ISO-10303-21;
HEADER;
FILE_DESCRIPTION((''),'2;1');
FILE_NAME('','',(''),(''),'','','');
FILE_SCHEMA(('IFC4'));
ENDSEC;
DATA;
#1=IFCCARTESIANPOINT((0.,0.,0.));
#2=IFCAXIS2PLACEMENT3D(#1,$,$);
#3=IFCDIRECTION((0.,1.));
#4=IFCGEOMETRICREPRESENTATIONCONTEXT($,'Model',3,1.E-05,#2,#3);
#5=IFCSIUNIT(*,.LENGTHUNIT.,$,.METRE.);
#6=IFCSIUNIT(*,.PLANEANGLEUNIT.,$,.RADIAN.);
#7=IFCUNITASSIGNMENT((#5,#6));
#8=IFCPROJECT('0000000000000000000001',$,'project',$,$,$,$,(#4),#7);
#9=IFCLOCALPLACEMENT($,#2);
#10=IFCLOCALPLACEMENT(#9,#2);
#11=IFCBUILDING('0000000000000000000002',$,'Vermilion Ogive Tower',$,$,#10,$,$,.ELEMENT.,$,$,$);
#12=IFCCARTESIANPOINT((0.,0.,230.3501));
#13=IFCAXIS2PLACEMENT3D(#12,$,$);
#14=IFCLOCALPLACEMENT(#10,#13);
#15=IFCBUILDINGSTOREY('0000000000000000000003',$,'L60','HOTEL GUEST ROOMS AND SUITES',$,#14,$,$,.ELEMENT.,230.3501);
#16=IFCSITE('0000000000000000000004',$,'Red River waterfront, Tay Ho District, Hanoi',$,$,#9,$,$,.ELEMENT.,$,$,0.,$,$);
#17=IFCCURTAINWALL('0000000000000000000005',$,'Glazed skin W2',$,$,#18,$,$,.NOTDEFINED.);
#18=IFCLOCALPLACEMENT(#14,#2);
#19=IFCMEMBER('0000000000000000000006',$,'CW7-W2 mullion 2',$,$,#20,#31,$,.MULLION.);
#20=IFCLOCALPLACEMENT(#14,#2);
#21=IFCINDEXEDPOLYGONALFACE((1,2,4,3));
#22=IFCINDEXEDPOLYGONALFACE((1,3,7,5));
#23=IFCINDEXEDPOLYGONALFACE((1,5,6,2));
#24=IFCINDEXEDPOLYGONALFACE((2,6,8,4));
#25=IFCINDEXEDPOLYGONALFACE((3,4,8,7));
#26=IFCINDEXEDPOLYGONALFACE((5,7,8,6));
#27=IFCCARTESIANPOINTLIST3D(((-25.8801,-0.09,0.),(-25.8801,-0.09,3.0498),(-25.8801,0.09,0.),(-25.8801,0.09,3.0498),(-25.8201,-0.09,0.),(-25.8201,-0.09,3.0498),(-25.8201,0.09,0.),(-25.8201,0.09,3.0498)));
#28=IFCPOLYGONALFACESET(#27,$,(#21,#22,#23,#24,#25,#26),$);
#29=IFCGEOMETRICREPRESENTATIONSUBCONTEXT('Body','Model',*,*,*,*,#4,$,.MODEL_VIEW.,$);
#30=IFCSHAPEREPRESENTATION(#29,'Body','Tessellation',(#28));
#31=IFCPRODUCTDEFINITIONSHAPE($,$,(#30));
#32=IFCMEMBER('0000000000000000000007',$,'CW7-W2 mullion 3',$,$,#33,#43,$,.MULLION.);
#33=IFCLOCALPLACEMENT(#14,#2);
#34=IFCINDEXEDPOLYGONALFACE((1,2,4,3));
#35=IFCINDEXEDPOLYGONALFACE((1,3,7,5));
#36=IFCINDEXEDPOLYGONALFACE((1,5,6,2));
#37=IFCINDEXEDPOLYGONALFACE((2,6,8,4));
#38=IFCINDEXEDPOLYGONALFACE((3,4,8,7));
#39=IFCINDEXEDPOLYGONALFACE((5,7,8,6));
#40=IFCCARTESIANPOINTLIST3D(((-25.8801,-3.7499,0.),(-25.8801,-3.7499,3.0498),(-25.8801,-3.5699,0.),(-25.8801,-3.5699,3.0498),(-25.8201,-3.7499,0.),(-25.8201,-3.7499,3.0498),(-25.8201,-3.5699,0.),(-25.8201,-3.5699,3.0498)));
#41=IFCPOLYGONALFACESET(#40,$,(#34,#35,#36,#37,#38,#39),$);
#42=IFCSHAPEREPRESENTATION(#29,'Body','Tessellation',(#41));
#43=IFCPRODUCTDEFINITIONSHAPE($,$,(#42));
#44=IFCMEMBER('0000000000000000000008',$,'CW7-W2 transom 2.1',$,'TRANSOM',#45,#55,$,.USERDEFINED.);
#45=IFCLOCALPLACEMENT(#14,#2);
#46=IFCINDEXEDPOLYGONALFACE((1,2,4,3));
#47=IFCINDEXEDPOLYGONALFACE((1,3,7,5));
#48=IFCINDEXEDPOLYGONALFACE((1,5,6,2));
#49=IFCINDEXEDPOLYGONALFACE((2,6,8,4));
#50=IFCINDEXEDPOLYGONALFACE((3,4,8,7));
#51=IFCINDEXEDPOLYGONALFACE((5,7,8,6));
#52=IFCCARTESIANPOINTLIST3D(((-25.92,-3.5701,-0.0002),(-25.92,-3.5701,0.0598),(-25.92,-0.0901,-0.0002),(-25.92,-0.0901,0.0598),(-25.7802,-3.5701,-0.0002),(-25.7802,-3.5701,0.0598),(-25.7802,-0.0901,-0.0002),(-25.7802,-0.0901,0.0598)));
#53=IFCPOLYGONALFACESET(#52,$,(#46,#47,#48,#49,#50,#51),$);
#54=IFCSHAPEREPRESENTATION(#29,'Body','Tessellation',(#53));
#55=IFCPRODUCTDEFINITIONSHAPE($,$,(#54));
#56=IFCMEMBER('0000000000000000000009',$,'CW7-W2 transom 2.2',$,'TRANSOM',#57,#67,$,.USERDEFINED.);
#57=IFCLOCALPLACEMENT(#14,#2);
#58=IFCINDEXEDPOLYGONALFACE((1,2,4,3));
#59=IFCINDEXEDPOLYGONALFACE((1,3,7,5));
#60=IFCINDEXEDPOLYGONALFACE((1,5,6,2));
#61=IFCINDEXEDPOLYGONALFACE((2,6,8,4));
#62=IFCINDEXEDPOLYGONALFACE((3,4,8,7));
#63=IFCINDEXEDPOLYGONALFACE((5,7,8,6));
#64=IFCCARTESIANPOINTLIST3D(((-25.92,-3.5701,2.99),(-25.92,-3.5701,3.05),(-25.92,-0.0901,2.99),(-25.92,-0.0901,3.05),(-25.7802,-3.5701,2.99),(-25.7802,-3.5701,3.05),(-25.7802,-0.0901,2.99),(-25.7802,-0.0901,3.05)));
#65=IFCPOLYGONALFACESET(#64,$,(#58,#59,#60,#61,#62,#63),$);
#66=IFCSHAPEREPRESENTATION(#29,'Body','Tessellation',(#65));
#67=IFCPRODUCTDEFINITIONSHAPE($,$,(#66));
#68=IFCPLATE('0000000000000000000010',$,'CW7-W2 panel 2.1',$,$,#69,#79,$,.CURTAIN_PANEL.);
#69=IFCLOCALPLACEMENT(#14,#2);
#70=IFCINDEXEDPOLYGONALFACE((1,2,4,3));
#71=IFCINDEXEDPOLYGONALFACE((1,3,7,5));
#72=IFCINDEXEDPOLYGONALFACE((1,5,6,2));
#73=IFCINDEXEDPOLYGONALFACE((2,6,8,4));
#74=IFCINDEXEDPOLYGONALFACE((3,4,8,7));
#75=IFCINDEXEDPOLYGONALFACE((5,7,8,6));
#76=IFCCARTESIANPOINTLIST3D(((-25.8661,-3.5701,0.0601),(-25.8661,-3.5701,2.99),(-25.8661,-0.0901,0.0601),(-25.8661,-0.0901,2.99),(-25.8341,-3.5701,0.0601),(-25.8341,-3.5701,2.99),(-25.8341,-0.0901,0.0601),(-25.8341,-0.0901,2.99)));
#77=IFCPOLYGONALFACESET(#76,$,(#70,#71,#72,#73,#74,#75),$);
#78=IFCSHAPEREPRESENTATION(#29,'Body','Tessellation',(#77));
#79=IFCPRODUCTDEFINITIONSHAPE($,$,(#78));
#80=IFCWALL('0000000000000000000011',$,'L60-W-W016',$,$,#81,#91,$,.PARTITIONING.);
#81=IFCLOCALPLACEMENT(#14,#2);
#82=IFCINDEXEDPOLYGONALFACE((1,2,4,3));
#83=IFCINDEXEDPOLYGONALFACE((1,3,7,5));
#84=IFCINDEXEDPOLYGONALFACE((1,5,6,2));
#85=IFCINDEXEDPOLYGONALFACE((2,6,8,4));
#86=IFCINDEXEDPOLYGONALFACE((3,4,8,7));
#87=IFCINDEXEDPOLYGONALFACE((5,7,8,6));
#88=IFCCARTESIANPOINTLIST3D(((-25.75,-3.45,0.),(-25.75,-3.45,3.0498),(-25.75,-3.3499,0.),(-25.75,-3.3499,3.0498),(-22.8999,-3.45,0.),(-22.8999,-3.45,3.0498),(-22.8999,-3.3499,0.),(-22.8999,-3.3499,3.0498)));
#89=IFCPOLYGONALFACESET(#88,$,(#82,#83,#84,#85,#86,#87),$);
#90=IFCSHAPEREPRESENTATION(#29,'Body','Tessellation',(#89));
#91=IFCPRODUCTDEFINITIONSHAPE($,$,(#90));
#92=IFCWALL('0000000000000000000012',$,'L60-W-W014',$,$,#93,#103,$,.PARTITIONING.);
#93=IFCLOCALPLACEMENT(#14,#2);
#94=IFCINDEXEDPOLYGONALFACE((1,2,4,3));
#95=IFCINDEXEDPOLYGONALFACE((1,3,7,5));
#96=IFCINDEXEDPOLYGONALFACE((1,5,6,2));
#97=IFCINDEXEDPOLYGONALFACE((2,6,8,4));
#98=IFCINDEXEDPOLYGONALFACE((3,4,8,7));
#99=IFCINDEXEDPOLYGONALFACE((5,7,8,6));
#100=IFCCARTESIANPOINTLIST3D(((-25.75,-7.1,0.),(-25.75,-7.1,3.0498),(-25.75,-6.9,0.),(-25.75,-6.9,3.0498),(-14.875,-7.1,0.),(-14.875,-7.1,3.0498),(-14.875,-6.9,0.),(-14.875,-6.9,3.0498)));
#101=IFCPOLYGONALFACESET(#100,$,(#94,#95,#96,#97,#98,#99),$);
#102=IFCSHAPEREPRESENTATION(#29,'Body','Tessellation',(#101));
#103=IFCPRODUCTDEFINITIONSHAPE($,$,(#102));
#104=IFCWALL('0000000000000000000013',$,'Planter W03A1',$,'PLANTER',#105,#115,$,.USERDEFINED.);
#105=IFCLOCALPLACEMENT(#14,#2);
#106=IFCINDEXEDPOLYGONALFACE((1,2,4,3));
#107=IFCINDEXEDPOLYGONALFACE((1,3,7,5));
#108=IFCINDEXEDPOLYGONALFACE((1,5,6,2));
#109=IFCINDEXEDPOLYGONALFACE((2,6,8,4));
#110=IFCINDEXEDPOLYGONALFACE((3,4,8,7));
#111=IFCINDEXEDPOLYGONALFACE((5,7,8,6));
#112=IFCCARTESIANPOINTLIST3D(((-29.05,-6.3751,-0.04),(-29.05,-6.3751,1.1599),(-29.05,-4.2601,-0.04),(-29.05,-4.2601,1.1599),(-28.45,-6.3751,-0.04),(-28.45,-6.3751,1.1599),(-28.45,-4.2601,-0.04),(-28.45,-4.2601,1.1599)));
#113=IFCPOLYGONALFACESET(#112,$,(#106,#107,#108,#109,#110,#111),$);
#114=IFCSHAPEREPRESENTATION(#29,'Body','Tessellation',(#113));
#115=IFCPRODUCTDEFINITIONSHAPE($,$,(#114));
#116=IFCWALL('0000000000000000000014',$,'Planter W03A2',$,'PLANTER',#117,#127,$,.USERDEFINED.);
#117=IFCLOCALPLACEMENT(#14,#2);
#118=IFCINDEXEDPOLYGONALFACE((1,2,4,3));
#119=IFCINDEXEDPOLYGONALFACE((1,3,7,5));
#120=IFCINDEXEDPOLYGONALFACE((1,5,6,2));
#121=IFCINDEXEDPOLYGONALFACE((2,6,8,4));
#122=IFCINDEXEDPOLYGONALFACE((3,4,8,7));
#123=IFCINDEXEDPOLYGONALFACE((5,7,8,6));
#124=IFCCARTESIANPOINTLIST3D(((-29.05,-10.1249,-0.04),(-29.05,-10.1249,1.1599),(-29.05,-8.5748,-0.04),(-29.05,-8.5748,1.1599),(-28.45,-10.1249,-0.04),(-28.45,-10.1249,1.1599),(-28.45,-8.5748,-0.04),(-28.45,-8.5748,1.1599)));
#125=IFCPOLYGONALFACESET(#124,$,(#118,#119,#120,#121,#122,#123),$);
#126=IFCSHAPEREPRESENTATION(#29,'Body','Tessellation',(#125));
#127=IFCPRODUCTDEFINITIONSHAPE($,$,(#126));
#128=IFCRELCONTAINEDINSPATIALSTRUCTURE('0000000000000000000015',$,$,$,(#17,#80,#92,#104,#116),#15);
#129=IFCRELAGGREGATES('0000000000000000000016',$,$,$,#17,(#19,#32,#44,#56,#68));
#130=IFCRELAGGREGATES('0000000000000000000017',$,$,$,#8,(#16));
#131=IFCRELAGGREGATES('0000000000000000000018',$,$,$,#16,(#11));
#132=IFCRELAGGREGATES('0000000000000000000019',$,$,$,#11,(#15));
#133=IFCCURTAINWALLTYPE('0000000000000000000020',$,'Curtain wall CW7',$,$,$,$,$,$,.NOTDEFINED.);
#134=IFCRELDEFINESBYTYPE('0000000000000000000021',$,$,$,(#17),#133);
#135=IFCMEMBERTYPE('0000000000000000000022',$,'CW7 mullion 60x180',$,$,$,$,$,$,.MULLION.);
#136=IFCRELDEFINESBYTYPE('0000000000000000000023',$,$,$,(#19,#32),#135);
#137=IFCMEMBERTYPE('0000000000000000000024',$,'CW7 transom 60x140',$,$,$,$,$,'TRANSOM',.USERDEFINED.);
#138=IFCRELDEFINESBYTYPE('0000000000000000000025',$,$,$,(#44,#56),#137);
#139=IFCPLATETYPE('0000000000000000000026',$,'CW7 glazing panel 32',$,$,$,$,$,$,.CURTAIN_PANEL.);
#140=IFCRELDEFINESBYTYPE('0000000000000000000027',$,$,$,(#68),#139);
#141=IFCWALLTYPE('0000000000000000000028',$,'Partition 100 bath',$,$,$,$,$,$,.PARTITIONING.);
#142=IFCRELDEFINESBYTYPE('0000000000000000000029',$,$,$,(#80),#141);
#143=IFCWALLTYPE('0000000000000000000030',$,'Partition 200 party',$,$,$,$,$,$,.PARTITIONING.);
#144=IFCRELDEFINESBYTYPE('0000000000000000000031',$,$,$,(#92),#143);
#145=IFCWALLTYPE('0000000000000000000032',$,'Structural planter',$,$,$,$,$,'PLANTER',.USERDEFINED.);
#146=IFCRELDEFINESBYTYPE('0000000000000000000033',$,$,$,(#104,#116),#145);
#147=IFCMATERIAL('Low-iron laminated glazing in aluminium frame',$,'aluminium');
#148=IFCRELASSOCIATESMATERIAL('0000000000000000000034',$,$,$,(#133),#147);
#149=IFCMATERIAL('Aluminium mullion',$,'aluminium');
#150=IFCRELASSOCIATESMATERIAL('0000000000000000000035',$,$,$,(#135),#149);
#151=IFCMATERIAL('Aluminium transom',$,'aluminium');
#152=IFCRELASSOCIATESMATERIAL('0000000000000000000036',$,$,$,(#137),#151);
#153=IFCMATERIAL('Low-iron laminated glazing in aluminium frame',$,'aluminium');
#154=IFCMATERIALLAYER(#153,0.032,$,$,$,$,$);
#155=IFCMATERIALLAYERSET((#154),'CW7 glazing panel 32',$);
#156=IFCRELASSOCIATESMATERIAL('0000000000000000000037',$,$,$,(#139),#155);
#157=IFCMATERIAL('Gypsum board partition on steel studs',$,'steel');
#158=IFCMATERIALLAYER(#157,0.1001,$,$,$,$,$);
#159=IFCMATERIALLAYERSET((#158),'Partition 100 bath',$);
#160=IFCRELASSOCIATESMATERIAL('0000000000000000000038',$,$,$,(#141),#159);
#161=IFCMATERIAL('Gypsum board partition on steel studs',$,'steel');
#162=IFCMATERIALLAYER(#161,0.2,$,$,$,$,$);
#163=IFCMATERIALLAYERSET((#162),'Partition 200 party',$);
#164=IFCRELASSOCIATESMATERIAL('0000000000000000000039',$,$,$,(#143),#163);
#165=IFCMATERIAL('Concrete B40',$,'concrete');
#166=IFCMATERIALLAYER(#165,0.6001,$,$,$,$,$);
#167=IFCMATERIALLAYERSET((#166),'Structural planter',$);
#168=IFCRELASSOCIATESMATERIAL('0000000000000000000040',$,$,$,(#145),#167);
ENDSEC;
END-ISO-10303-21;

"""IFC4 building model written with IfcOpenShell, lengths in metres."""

from ifc_helpers import new_model, si_unit, direction, frame, frame_2d, origin, origin_2d, place, context, subcontext, project, spatial, rectangle, extrude, material, layer, layer_set, material_profile, profile_set, type_object, element, aggregate, save


model = new_model("IFC4")

# Units and contexts
model_context = context("Model", 3, precision=1e-05, world=origin(), true_north=direction((0.0, 1.0)))
body_context = subcontext(model_context, "Body", "Model", "MODEL_VIEW")
ifc_project = project(units=[si_unit("LENGTHUNIT", "METRE"), si_unit("PLANEANGLEUNIT", "RADIAN")], contexts=[model_context])

# Site, building, storey
site_placement = place(None, origin())
site = spatial("IfcSite", under=ifc_project, at=site_placement, Name="Red River waterfront, Tay Ho District, Hanoi", CompositionType="ELEMENT", RefElevation=0.0)
building_placement = place(site_placement, origin())
building = spatial("IfcBuilding", under=site, at=building_placement, Name="Vermilion Ogive Tower", CompositionType="ELEMENT")
storey_placement = place(building_placement, frame((0.0, 0.0, 230.3501)))
storey = spatial("IfcBuildingStorey", under=building, at=storey_placement, Name="L60", Description="HOTEL GUEST ROOMS AND SUITES", CompositionType="ELEMENT", Elevation=230.3501)

# Curtain wall, members, plate
ifc_material_1 = material(Name="Low-iron laminated glazing in aluminium frame", Category="aluminium")
curtain_wall_type = type_object("IfcCurtainWallType", Name="Curtain wall CW7", PredefinedType="NOTDEFINED", material=ifc_material_1)
curtain_wall_placement = place(storey_placement, origin())
curtain_wall = element("IfcCurtainWall", 1, at=curtain_wall_placement, inside=storey, type_object=curtain_wall_type, Name="Glazed skin W2", PredefinedType="NOTDEFINED")
ifc_material_2 = material(Name="Aluminium mullion", Category="aluminium")
ifc_material_profile_1 = material_profile(ifc_material_2, rectangle(XDim=0.0601, YDim=0.1799, at=origin_2d()), Name="AL 60x180")
ifc_profile_set_1 = profile_set([ifc_material_profile_1], Name="Aluminium mullion")
member_type_1 = type_object("IfcMemberType", Name="CW7 mullion 60x180", PredefinedType="MULLION", material=ifc_profile_set_1)
member_1_placement = place(storey_placement, frame((-25.8501, 0.0, 0.0), z_axis=(0.0, 0.0, 1.0), x_axis=(1.0, 0.0, 0.0)))
member_1 = element("IfcMember", 2, at=member_1_placement, type_object=member_type_1, Name="CW7-W2 mullion 2", PredefinedType="MULLION", context=body_context, shape_type="SweptSolid", body=[
    extrude(rectangle(XDim=0.0601, YDim=0.1799, at=origin_2d()), origin(), (0.0, 0.0, 1.0), 3.0498),
])
member_2_placement = place(storey_placement, frame((-25.8501, -3.6599, 0.0), z_axis=(0.0, 0.0, 1.0), x_axis=(1.0, 0.0, 0.0)))
member_2 = element("IfcMember", 3, at=member_2_placement, type_object=member_type_1, Name="CW7-W2 mullion 3", PredefinedType="MULLION", context=body_context, shape_type="SweptSolid", body=[
    extrude(rectangle(XDim=0.0601, YDim=0.1799, at=origin_2d()), origin(), (0.0, 0.0, 1.0), 3.0498),
])
ifc_material_3 = material(Name="Aluminium transom", Category="aluminium")
ifc_material_profile_2 = material_profile(ifc_material_3, rectangle(XDim=0.1399, YDim=0.0601, at=origin_2d()), Name="AL 60x140")
ifc_profile_set_2 = profile_set([ifc_material_profile_2], Name="Aluminium transom")
member_type_2 = type_object("IfcMemberType", Name="CW7 transom 60x140", ElementType="TRANSOM", PredefinedType="USERDEFINED", material=ifc_profile_set_2)
member_3_placement = place(storey_placement, frame((-25.8501, -0.0901, 0.0298), z_axis=(0.0, -1.0, 0.0), x_axis=(1.0, 0.0, 0.0)))
member_3 = element("IfcMember", 4, at=member_3_placement, type_object=member_type_2, Name="CW7-W2 transom 2.1", ObjectType="TRANSOM", PredefinedType="USERDEFINED", context=body_context, shape_type="SweptSolid", body=[
    extrude(rectangle(XDim=0.1399, YDim=0.0601, at=origin_2d()), origin(), (0.0, 0.0, 1.0), 3.48),
])
member_4_placement = place(storey_placement, frame((-25.8501, -0.0901, 3.02), z_axis=(0.0, -1.0, 0.0), x_axis=(1.0, 0.0, 0.0)))
member_4 = element("IfcMember", 5, at=member_4_placement, type_object=member_type_2, Name="CW7-W2 transom 2.2", ObjectType="TRANSOM", PredefinedType="USERDEFINED", context=body_context, shape_type="SweptSolid", body=[
    extrude(rectangle(XDim=0.1399, YDim=0.0601, at=origin_2d()), origin(), (0.0, 0.0, 1.0), 3.48),
])
ifc_material_4 = material(Name="Low-iron laminated glazing in aluminium frame", Category="aluminium")
ifc_layer_1 = layer(ifc_material_4, 0.032)
ifc_layer_set_1 = layer_set([ifc_layer_1], Name="CW7 glazing panel 32")
plate_type = type_object("IfcPlateType", Name="CW7 glazing panel 32", PredefinedType="CURTAIN_PANEL", material=ifc_layer_set_1)
plate_placement = place(storey_placement, frame((-25.8501, -1.8301, 0.0601), z_axis=(0.0, 0.0, 1.0), x_axis=(0.0, -1.0, 0.0)))
plate = element("IfcPlate", 6, at=plate_placement, type_object=plate_type, Name="CW7-W2 panel 2.1", PredefinedType="CURTAIN_PANEL", context=body_context, shape_type="SweptSolid", body=[
    extrude(rectangle(XDim=3.48, YDim=0.032, at=origin_2d()), origin(), (0.0, 0.0, 1.0), 2.9299),
])
aggregate(curtain_wall, [member_1, member_2, member_3, member_4, plate])

# Walls
ifc_material_5 = material(Name="Gypsum board partition on steel studs", Category="steel")
ifc_layer_2 = layer(ifc_material_5, 0.1001)
ifc_layer_set_2 = layer_set([ifc_layer_2], Name="Partition 100 bath")
wall_type_1 = type_object("IfcWallType", Name="Partition 100 bath", PredefinedType="PARTITIONING", material=ifc_layer_set_2)
wall_1_placement = place(storey_placement, frame((-25.75, -3.3999, 0.0), z_axis=(0.0, 0.0, 1.0), x_axis=(1.0, 0.0, 0.0)))
element("IfcWall", 7, at=wall_1_placement, inside=storey, type_object=wall_type_1, Name="L60-W-W016", PredefinedType="PARTITIONING", context=body_context, shape_type="SweptSolid", body=[
    extrude(rectangle(XDim=2.8501, YDim=0.1001, at=frame_2d((1.425, 0.0))), origin(), (0.0, 0.0, 1.0), 3.0498),
])
ifc_material_6 = material(Name="Gypsum board partition on steel studs", Category="steel")
ifc_layer_3 = layer(ifc_material_6, 0.2)
ifc_layer_set_3 = layer_set([ifc_layer_3], Name="Partition 200 party")
wall_type_2 = type_object("IfcWallType", Name="Partition 200 party", PredefinedType="PARTITIONING", material=ifc_layer_set_3)
wall_2_placement = place(storey_placement, frame((-25.75, -7.0, 0.0), z_axis=(0.0, 0.0, 1.0), x_axis=(1.0, 0.0, 0.0)))
element("IfcWall", 8, at=wall_2_placement, inside=storey, type_object=wall_type_2, Name="L60-W-W014", PredefinedType="PARTITIONING", context=body_context, shape_type="SweptSolid", body=[
    extrude(rectangle(XDim=10.875, YDim=0.2, at=frame_2d((5.4375, 0.0))), origin(), (0.0, 0.0, 1.0), 3.0498),
])
ifc_material_7 = material(Name="Concrete B40", Category="concrete")
ifc_layer_4 = layer(ifc_material_7, 0.6001)
ifc_layer_set_4 = layer_set([ifc_layer_4], Name="Structural planter")
wall_type_3 = type_object("IfcWallType", Name="Structural planter", ElementType="PLANTER", PredefinedType="USERDEFINED", material=ifc_layer_set_4)
wall_3_placement = place(storey_placement, frame((-28.75, -4.26, -0.04), z_axis=(0.0, 0.0, 1.0), x_axis=(0.0, -1.0, 0.0)))
element("IfcWall", 9, at=wall_3_placement, inside=storey, type_object=wall_type_3, Name="Planter W03A1", ObjectType="PLANTER", PredefinedType="USERDEFINED", context=body_context, shape_type="SweptSolid", body=[
    extrude(rectangle(XDim=2.115, YDim=0.6001, at=frame_2d((1.0576, 0.0))), origin(), (0.0, 0.0, 1.0), 1.2),
])
wall_4_placement = place(storey_placement, frame((-28.75, -8.575, -0.04), z_axis=(0.0, 0.0, 1.0), x_axis=(0.0, -1.0, 0.0)))
element("IfcWall", 10, at=wall_4_placement, inside=storey, type_object=wall_type_3, Name="Planter W03A2", ObjectType="PLANTER", PredefinedType="USERDEFINED", context=body_context, shape_type="SweptSolid", body=[
    extrude(rectangle(XDim=1.55, YDim=0.6001, at=frame_2d((0.7749, 0.0))), origin(), (0.0, 0.0, 1.0), 1.2),
])

save(model, "model.ifc")
